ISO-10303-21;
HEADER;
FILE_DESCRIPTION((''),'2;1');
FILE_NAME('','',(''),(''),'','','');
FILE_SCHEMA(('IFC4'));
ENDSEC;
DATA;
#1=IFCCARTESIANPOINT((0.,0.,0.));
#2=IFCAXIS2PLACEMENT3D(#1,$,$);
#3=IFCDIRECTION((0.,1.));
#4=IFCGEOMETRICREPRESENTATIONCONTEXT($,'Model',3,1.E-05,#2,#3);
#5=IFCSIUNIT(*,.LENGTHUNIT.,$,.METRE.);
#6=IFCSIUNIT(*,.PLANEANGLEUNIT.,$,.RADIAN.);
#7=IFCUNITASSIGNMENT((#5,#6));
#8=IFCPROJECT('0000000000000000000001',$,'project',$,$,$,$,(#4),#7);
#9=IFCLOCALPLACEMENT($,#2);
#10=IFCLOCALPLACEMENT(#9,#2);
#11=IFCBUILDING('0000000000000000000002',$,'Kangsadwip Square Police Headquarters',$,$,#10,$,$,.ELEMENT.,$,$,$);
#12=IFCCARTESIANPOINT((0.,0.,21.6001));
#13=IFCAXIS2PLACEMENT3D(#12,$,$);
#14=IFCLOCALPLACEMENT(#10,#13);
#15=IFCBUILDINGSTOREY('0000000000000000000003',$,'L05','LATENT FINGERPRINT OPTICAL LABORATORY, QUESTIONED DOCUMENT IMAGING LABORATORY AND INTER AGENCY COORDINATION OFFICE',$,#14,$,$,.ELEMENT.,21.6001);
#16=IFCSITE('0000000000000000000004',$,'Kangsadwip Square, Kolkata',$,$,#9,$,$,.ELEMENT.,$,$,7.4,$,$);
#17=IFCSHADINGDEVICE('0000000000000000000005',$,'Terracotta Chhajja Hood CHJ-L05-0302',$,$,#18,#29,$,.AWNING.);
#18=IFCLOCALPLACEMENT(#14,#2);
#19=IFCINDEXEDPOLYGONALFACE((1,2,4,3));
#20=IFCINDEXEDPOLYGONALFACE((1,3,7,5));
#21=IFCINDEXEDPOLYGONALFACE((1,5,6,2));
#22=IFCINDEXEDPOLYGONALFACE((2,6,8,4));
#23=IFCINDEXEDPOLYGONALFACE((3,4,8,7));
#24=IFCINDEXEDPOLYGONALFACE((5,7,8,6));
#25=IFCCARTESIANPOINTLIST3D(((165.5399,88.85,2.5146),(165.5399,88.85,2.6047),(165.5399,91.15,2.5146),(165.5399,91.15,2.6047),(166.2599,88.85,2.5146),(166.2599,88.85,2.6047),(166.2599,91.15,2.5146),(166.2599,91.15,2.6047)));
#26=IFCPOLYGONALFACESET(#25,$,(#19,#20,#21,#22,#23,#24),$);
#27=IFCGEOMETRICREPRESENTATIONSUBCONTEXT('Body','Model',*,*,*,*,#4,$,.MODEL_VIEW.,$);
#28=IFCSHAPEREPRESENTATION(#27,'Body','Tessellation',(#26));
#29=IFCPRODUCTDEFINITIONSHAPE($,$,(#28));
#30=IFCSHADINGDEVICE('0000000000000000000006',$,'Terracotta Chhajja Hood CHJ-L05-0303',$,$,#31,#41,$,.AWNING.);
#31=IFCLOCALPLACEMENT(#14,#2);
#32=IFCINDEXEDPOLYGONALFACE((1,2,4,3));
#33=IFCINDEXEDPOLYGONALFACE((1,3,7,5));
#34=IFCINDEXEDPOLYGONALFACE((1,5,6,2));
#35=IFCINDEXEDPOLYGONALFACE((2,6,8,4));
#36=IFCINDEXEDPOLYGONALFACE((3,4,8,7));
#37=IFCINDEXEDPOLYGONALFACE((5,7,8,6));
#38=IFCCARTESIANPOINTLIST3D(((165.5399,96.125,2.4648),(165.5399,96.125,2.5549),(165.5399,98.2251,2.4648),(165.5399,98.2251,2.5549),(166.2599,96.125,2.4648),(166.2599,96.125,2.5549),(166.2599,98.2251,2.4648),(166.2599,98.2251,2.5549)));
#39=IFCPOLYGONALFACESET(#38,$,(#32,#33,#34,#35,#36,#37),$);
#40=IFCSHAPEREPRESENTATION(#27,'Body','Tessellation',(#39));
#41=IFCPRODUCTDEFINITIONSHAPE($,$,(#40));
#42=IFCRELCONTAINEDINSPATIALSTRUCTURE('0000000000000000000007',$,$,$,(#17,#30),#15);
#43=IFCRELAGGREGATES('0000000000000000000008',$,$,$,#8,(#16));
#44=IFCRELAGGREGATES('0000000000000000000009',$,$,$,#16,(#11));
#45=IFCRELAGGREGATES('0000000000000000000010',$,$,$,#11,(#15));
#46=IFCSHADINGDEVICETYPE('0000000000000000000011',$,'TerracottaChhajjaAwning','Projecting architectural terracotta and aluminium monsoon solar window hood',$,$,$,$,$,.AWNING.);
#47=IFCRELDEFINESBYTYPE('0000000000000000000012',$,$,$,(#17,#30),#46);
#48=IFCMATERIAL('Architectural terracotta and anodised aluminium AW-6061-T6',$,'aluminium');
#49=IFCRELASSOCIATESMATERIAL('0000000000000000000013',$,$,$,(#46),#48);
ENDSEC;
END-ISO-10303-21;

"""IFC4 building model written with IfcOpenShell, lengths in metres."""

from ifc_helpers import new_model, si_unit, direction, frame, origin, origin_2d, place, context, subcontext, project, spatial, rectangle, extrude, material, type_object, element, save


model = new_model("IFC4")

# Units and contexts
model_context = context("Model", 3, precision=1e-05, world=origin(), true_north=direction((0.0, 1.0)))
body_context = subcontext(model_context, "Body", "Model", "MODEL_VIEW")
ifc_project = project(units=[si_unit("LENGTHUNIT", "METRE"), si_unit("PLANEANGLEUNIT", "RADIAN")], contexts=[model_context])

# Site, building, storey
site_placement = place(None, origin())
site = spatial("IfcSite", under=ifc_project, at=site_placement, Name="Kangsadwip Square, Kolkata", CompositionType="ELEMENT", RefElevation=7.4)
building_placement = place(site_placement, origin())
building = spatial("IfcBuilding", under=site, at=building_placement, Name="Kangsadwip Square Police Headquarters", CompositionType="ELEMENT")
storey_placement = place(building_placement, frame((0.0, 0.0, 21.6001)))
storey = spatial("IfcBuildingStorey", under=building, at=storey_placement, Name="L05", Description="LATENT FINGERPRINT OPTICAL LABORATORY, QUESTIONED DOCUMENT IMAGING LABORATORY AND INTER AGENCY COORDINATION OFFICE", CompositionType="ELEMENT", Elevation=21.6001)

# Shading devices
ifc_material_1 = material(Name="Architectural terracotta and anodised aluminium AW-6061-T6", Category="aluminium")
shading_device_type = type_object("IfcShadingDeviceType", Name="TerracottaChhajjaAwning", Description="Projecting architectural terracotta and aluminium monsoon solar window hood", PredefinedType="AWNING", material=ifc_material_1)
shading_device_1_placement = place(storey_placement, frame((165.8999, 90.0, 2.5146), z_axis=(0.0, 0.0, 1.0), x_axis=(0.0, 1.0, 0.0)))
element("IfcShadingDevice", 1, at=shading_device_1_placement, inside=storey, type_object=shading_device_type, Name="Terracotta Chhajja Hood CHJ-L05-0302", PredefinedType="AWNING", context=body_context, shape_type="SweptSolid", body=[
    extrude(rectangle(XDim=2.3, YDim=0.72, at=origin_2d()), origin(), (0.0, 0.0, 1.0), 0.0901),
])
shading_device_2_placement = place(storey_placement, frame((165.8999, 97.175, 2.4648), z_axis=(0.0, 0.0, 1.0), x_axis=(0.0, 1.0, 0.0)))
element("IfcShadingDevice", 2, at=shading_device_2_placement, inside=storey, type_object=shading_device_type, Name="Terracotta Chhajja Hood CHJ-L05-0303", PredefinedType="AWNING", context=body_context, shape_type="SweptSolid", body=[
    extrude(rectangle(XDim=2.1001, YDim=0.72, at=origin_2d()), origin(), (0.0, 0.0, 1.0), 0.0901),
])

save(model, "model.ifc")
